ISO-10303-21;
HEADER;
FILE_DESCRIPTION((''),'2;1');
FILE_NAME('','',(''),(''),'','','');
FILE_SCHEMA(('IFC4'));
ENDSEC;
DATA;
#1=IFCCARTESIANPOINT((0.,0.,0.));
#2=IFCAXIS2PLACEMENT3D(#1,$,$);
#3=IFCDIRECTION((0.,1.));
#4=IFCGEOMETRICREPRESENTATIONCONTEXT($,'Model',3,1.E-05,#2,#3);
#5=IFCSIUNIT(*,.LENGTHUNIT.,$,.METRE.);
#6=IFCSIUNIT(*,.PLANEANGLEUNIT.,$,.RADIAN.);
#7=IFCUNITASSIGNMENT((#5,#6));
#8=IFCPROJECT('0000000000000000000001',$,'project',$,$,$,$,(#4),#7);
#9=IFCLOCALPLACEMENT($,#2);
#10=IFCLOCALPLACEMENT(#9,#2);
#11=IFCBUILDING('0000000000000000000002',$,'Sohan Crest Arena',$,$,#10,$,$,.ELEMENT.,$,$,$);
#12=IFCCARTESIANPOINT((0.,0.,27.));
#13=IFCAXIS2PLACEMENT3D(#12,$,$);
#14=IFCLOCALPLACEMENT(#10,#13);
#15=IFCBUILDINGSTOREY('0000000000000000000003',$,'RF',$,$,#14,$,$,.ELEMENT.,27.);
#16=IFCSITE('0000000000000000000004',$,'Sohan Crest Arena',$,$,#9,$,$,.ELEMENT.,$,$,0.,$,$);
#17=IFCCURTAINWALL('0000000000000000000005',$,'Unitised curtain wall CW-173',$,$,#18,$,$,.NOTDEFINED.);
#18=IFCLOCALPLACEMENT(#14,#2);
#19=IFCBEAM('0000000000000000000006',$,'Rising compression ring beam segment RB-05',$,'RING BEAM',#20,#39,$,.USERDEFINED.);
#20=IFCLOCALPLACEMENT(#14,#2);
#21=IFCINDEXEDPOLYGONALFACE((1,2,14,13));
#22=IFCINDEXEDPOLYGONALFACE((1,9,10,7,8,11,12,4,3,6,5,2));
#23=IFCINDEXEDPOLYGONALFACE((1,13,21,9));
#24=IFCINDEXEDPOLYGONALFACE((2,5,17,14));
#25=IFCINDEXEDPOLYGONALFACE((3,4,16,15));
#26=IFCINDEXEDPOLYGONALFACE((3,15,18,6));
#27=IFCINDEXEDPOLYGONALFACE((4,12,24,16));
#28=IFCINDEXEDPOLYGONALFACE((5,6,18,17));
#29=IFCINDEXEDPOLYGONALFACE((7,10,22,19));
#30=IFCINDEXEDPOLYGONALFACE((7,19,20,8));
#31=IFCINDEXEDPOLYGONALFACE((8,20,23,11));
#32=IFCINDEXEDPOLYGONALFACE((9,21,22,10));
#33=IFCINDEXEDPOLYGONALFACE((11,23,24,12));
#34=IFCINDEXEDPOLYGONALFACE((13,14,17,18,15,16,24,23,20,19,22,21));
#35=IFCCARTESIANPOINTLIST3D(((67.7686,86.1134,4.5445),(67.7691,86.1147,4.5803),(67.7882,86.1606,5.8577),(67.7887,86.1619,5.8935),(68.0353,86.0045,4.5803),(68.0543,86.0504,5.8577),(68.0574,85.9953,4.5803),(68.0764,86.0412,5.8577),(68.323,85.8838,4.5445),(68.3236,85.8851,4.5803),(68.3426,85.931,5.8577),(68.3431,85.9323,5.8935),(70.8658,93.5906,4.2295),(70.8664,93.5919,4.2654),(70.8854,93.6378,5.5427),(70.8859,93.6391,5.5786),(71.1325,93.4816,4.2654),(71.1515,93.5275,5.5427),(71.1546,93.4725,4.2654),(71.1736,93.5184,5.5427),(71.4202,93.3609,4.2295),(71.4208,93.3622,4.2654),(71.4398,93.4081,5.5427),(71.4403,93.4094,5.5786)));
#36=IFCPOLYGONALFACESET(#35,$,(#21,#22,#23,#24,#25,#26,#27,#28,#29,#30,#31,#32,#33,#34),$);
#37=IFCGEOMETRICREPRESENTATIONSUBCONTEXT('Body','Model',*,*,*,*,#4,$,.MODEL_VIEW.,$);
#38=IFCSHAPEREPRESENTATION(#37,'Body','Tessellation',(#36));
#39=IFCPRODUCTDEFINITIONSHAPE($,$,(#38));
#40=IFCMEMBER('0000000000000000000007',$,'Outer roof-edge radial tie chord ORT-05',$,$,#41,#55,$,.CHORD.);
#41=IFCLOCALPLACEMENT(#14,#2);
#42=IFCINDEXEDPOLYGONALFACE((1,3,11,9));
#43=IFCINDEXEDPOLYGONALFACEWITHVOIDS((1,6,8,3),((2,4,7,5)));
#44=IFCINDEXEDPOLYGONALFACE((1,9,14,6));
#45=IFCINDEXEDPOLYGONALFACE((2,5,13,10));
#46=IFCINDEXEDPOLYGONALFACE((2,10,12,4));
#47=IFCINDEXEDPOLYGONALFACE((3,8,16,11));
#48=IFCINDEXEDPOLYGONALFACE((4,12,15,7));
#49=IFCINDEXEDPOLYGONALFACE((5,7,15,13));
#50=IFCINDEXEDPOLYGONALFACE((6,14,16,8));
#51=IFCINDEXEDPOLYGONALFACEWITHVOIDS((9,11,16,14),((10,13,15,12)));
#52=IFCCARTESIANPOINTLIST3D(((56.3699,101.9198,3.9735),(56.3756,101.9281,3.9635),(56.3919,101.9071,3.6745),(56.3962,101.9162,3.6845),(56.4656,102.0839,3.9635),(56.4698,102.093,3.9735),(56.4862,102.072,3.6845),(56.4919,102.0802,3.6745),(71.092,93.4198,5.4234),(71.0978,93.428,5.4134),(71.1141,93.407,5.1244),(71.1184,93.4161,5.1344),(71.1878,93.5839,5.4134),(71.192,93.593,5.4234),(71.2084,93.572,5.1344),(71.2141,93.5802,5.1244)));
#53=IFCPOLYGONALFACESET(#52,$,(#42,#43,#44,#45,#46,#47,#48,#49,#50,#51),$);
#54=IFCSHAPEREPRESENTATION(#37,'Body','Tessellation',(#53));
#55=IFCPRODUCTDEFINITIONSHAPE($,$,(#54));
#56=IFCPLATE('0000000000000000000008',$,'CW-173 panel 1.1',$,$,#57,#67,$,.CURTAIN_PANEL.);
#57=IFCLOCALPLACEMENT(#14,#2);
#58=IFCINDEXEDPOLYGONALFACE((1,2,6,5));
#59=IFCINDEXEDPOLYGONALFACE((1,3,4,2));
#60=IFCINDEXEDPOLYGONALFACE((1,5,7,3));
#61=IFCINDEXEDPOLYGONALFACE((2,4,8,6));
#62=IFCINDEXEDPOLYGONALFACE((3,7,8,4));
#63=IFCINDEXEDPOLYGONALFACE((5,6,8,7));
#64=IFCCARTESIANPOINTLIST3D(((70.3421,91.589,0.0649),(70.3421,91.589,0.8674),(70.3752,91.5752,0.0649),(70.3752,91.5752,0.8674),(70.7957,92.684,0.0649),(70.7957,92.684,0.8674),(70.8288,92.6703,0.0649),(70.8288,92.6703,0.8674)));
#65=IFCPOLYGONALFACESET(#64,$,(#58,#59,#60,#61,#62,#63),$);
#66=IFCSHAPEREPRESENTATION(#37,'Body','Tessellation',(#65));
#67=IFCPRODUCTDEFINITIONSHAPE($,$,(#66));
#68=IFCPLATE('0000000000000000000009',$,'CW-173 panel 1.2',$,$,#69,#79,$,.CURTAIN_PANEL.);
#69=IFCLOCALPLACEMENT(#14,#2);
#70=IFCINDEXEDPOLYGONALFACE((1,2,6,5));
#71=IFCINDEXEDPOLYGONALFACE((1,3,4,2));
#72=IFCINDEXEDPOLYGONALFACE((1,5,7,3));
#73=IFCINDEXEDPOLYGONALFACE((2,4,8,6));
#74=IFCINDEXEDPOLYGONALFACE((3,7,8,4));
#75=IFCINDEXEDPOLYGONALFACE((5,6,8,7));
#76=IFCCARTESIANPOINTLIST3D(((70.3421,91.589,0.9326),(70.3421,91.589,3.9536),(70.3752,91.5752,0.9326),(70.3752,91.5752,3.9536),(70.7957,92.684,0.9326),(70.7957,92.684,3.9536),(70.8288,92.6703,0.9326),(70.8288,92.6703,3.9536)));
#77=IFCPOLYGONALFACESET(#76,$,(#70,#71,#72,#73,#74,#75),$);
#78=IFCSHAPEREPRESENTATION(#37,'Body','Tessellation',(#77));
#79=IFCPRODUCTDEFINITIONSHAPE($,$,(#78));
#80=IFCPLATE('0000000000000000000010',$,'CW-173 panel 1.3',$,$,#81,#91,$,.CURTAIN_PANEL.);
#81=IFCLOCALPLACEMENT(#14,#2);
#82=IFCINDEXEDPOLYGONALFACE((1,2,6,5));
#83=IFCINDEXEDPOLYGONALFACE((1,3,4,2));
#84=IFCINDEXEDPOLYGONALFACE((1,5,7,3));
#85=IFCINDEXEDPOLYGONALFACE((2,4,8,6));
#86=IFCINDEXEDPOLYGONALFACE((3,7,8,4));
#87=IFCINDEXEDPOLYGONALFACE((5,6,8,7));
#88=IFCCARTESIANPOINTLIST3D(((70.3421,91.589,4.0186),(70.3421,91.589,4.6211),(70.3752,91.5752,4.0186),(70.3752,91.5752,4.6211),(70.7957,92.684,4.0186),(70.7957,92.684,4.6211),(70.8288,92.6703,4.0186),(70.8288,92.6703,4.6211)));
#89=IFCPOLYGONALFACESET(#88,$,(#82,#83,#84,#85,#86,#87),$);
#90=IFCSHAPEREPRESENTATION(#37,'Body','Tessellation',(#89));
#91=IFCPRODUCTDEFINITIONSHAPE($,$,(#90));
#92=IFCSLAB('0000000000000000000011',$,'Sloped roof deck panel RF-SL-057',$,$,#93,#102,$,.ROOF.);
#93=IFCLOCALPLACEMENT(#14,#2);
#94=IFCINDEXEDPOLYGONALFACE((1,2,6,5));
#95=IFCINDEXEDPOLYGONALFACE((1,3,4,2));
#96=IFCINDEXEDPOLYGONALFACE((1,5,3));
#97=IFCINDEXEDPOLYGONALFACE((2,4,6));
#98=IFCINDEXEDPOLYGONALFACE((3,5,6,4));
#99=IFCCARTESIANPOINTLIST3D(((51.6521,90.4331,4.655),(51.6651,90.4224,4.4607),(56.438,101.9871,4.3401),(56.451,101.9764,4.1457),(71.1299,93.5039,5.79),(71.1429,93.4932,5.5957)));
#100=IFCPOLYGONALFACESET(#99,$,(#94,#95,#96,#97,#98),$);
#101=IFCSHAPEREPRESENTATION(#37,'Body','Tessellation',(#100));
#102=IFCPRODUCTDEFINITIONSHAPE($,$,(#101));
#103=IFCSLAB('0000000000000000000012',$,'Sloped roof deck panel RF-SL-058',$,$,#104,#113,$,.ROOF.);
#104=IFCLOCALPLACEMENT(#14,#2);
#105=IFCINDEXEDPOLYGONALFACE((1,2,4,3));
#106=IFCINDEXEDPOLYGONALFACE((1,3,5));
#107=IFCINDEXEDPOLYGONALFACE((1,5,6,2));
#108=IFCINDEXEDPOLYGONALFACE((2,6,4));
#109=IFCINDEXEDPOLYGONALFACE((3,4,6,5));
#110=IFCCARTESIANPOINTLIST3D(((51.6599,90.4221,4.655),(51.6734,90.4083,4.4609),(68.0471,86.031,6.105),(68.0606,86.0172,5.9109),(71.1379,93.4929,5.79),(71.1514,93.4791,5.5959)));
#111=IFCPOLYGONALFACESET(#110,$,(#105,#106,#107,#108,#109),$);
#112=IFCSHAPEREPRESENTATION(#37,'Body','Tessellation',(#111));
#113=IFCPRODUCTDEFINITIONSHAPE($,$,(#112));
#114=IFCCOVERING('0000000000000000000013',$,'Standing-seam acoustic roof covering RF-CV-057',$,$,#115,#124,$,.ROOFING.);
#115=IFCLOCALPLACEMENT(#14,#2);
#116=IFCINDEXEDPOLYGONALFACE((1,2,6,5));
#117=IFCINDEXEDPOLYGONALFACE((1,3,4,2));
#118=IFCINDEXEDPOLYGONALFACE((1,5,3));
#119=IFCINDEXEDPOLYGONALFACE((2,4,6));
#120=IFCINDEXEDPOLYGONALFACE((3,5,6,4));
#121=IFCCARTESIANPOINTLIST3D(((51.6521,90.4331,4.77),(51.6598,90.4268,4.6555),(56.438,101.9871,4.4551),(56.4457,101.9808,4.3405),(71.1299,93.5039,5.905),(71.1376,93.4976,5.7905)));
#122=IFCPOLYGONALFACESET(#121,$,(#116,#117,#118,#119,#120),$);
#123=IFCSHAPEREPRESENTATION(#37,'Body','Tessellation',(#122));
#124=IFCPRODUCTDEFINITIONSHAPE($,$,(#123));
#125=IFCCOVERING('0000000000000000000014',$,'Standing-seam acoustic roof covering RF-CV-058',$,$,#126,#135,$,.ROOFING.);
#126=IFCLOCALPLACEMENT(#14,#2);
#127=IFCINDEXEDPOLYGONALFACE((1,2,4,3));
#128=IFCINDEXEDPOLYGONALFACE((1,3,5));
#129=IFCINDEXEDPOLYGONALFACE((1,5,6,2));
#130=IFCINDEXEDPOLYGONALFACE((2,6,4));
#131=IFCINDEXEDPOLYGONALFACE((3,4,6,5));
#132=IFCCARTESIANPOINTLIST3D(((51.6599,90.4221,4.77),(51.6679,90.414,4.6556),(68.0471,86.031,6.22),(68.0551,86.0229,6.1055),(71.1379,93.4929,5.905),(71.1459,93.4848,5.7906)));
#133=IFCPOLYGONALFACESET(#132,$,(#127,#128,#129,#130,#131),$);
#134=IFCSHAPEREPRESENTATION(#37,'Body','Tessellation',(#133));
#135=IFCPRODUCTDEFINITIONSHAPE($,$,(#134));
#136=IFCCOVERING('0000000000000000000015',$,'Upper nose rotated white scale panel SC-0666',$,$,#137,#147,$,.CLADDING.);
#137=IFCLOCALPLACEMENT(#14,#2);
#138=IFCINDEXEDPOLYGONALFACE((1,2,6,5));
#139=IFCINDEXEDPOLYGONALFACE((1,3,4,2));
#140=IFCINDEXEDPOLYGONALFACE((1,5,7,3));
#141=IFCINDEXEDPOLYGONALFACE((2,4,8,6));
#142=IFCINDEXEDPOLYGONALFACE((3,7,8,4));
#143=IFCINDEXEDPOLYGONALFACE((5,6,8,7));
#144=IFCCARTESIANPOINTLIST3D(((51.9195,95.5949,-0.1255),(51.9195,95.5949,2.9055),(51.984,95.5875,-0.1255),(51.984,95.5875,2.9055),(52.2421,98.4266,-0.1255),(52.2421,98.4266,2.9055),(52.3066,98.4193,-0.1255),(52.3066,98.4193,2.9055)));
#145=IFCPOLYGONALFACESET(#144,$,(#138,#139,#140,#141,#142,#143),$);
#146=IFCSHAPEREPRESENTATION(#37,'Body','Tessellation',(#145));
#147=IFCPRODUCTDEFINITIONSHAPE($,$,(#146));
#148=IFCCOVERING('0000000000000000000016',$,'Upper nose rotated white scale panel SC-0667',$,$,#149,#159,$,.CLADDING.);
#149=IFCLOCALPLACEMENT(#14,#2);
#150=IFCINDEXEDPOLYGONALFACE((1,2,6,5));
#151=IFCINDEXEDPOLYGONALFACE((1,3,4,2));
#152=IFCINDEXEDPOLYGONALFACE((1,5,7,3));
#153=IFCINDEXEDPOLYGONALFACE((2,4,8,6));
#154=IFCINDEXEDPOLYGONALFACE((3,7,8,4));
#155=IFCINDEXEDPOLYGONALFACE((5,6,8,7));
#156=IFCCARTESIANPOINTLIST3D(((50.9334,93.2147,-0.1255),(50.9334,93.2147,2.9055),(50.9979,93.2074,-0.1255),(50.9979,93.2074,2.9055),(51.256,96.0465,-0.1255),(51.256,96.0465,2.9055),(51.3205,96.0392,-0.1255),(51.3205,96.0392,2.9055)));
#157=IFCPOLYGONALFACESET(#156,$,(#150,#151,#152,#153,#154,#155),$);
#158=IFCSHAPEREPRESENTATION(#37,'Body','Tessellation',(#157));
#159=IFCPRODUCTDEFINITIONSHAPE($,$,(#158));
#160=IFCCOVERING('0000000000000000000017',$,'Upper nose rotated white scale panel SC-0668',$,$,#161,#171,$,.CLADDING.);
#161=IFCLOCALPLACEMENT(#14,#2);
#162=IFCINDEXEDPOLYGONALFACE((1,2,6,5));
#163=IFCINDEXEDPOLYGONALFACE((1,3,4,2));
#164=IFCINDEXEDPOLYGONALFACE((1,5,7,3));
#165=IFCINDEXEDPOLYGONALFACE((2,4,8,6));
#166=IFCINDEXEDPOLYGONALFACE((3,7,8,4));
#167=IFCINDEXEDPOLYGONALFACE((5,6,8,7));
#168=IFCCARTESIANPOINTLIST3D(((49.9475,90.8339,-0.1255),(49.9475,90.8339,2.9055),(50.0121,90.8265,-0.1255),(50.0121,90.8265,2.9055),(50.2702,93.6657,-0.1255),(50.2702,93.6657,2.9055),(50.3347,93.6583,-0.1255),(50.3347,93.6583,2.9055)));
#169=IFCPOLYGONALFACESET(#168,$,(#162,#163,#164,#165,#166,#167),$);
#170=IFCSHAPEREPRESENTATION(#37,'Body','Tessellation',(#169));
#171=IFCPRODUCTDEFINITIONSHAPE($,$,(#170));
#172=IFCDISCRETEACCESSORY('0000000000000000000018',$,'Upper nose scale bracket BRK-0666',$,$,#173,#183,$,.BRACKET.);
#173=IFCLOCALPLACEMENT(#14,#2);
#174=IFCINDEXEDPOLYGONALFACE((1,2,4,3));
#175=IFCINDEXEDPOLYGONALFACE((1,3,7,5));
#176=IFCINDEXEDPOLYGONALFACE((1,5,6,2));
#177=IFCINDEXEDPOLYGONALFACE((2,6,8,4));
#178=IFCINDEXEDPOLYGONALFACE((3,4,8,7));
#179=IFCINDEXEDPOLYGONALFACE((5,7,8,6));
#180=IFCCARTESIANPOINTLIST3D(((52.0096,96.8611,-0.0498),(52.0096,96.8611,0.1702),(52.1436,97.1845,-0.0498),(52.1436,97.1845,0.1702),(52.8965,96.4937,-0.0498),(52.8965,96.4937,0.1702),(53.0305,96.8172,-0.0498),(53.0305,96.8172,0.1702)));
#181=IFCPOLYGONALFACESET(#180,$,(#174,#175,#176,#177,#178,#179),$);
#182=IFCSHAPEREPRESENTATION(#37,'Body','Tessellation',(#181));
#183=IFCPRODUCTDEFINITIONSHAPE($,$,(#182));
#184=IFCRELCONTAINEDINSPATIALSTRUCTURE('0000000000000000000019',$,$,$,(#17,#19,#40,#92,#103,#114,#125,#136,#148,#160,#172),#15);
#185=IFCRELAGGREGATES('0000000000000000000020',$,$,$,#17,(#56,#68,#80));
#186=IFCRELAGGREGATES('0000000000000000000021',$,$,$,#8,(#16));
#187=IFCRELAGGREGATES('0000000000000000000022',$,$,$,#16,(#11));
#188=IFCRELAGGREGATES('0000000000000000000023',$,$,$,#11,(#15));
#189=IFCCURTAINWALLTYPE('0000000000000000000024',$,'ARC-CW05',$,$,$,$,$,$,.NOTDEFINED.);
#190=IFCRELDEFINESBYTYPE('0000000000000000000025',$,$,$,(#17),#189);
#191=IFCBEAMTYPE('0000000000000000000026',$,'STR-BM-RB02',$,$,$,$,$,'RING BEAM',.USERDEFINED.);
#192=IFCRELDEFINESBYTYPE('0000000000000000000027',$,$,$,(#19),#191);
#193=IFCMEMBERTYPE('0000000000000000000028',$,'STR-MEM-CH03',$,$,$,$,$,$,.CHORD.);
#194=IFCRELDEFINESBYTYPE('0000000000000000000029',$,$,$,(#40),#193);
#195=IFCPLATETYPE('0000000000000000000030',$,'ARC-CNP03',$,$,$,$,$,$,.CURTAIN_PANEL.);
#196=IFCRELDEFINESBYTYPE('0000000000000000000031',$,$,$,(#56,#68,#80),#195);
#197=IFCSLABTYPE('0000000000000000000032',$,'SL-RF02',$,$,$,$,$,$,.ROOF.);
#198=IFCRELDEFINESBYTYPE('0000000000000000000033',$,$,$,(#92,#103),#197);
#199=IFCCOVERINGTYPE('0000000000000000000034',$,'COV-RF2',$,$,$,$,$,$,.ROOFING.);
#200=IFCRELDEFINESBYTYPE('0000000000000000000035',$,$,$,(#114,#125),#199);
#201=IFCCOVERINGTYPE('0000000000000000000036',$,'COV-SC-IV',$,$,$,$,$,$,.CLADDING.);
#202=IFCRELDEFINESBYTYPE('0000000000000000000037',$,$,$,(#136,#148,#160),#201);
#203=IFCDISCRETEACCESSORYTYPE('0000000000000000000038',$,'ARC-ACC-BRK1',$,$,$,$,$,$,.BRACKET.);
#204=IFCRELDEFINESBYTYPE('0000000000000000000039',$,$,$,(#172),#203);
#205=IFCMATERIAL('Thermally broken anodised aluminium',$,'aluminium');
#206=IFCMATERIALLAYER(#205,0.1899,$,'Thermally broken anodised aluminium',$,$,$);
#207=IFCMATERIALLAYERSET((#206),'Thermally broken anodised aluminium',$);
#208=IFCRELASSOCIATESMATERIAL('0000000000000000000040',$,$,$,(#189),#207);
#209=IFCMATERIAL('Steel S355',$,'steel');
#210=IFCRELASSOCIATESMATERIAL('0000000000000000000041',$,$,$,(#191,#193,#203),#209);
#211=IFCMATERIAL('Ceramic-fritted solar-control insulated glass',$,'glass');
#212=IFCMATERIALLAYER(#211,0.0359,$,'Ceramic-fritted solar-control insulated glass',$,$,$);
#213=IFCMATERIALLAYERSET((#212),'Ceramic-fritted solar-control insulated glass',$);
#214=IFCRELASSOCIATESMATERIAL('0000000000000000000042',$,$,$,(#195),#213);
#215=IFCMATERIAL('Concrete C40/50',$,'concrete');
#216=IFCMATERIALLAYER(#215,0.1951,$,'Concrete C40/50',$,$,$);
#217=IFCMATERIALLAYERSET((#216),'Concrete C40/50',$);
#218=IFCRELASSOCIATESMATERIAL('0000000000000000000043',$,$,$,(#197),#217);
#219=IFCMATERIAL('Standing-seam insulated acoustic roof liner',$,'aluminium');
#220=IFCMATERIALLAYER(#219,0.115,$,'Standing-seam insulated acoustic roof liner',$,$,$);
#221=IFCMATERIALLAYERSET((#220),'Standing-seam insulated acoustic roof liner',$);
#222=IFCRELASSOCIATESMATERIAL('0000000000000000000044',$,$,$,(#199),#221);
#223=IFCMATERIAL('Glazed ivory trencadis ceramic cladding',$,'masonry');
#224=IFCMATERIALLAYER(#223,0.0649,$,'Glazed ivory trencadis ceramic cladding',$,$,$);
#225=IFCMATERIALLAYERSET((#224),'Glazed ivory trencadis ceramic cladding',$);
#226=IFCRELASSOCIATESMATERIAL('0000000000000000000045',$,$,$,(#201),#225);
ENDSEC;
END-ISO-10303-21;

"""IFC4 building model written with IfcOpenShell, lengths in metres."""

from ifc_helpers import new_model, si_unit, direction, frame, origin, origin_2d, place, context, subcontext, project, spatial, polyline, rectangle, hollow_rectangle, i_section, outline, extrude, material, layer, layer_set, material_profile, profile_set, type_object, element, aggregate, save


model = new_model("IFC4")

# Units and contexts
model_context = context("Model", 3, precision=1e-05, world=origin(), true_north=direction((0.0, 1.0)))
body_context = subcontext(model_context, "Body", "Model", "MODEL_VIEW")
ifc_project = project(units=[si_unit("LENGTHUNIT", "METRE"), si_unit("PLANEANGLEUNIT", "RADIAN")], contexts=[model_context])

# Site, building, storey
site_placement = place(None, origin())
site = spatial("IfcSite", under=ifc_project, at=site_placement, Name="Sohan Crest Arena", CompositionType="ELEMENT", RefElevation=0.0)
building_placement = place(site_placement, origin())
building = spatial("IfcBuilding", under=site, at=building_placement, Name="Sohan Crest Arena", CompositionType="ELEMENT")
storey_placement = place(building_placement, frame((0.0, 0.0, 27.0)))
storey = spatial("IfcBuildingStorey", under=building, at=storey_placement, Name="RF", CompositionType="ELEMENT", Elevation=27.0)

# Shared definitions
ifc_material_1 = material(Name="Concrete C40/50", Category="concrete")

# Curtain wall
ifc_material_2 = material(Name="Thermally broken anodised aluminium", Category="aluminium")
ifc_layer_1 = layer(ifc_material_2, 0.1899, Name="Thermally broken anodised aluminium")
ifc_layer_set_1 = layer_set([ifc_layer_1], Name="Thermally broken anodised aluminium")
curtain_wall_type = type_object("IfcCurtainWallType", Name="ARC-CW05", PredefinedType="NOTDEFINED", material=ifc_layer_set_1)
curtain_wall_placement = place(storey_placement, origin())
curtain_wall = element("IfcCurtainWall", 1, at=curtain_wall_placement, inside=storey, type_object=curtain_wall_type, Name="Unitised curtain wall CW-173", PredefinedType="NOTDEFINED")

# Beam
ifc_material_3 = material(Name="Steel S355", Category="steel")
ifc_material_profile_1 = material_profile(ifc_material_3, i_section(OverallWidth=0.6001, OverallDepth=1.3501, WebThickness=0.0239, FlangeThickness=0.0359, at=origin_2d()), Name="PG 1350x600x24x36")
ifc_profile_set_1 = profile_set([ifc_material_profile_1], Name="Steel S355")
beam_type_1 = type_object("IfcBeamType", Name="STR-BM-RB02", ElementType="RING BEAM", PredefinedType="USERDEFINED", material=ifc_profile_set_1)
beam_1_placement = place(storey_placement, frame((71.1531, 93.5, 4.9041), z_axis=(-0.382402, -0.923178, 0.038885), x_axis=(0.923876, -0.382691, 0.0)))
element("IfcBeam", 2, at=beam_1_placement, inside=storey, type_object=beam_type_1, Name="Rising compression ring beam segment RB-05", ObjectType="RING BEAM", PredefinedType="USERDEFINED", context=body_context, shape_type="SweptSolid", body=[
    extrude(i_section(OverallWidth=0.6001, OverallDepth=1.3501, WebThickness=0.0239, FlangeThickness=0.0359, at=origin_2d()), origin(), (0.0, 0.0, 1.0), 8.0994),
])

# Member
ifc_material_profile_2 = material_profile(ifc_material_3, hollow_rectangle(XDim=0.2, YDim=0.3, WallThickness=0.01, at=origin_2d()), Name="RHS 300x200x10")
ifc_profile_set_2 = profile_set([ifc_material_profile_2], Name="Steel S355")
member_type_1 = type_object("IfcMemberType", Name="STR-MEM-CH03", PredefinedType="CHORD", material=ifc_profile_set_2)
member_1_placement = place(storey_placement, frame((71.1531, 93.5, 5.2739), z_axis=(-0.862889, 0.498198, -0.084984), x_axis=(-0.500007, -0.866022, 0.0)))
element("IfcMember", 3, at=member_1_placement, inside=storey, type_object=member_type_1, Name="Outer roof-edge radial tie chord ORT-05", PredefinedType="CHORD", context=body_context, shape_type="SweptSolid", body=[
    extrude(hollow_rectangle(XDim=0.2, YDim=0.3, WallThickness=0.01, at=origin_2d()), origin(), (0.0, 0.0, 1.0), 17.0615),
])

# Plates
ifc_material_4 = material(Name="Ceramic-fritted solar-control insulated glass", Category="glass")
ifc_layer_2 = layer(ifc_material_4, 0.0359, Name="Ceramic-fritted solar-control insulated glass")
ifc_layer_set_2 = layer_set([ifc_layer_2], Name="Ceramic-fritted solar-control insulated glass")
plate_type = type_object("IfcPlateType", Name="ARC-CNP03", PredefinedType="CURTAIN_PANEL", material=ifc_layer_set_2)
plate_1_placement = place(storey_placement, frame((70.5854, 92.1296, 0.0649), z_axis=(0.0, 0.0, 1.0), x_axis=(-0.382667, -0.923886, 0.0)))
plate_1 = element("IfcPlate", 4, at=plate_1_placement, type_object=plate_type, Name="CW-173 panel 1.1", PredefinedType="CURTAIN_PANEL", context=body_context, shape_type="SweptSolid", body=[
    extrude(rectangle(XDim=1.1853, YDim=0.0359, at=origin_2d()), origin(), (0.0, 0.0, 1.0), 0.8025),
])
plate_2_placement = place(storey_placement, frame((70.5854, 92.1296, 0.9326), z_axis=(0.0, 0.0, 1.0), x_axis=(-0.382667, -0.923886, 0.0)))
plate_2 = element("IfcPlate", 5, at=plate_2_placement, type_object=plate_type, Name="CW-173 panel 1.2", PredefinedType="CURTAIN_PANEL", context=body_context, shape_type="SweptSolid", body=[
    extrude(rectangle(XDim=1.1853, YDim=0.0359, at=origin_2d()), origin(), (0.0, 0.0, 1.0), 3.021),
])
plate_3_placement = place(storey_placement, frame((70.5854, 92.1296, 4.0186), z_axis=(0.0, 0.0, 1.0), x_axis=(-0.382667, -0.923886, 0.0)))
plate_3 = element("IfcPlate", 6, at=plate_3_placement, type_object=plate_type, Name="CW-173 panel 1.3", PredefinedType="CURTAIN_PANEL", context=body_context, shape_type="SweptSolid", body=[
    extrude(rectangle(XDim=1.1853, YDim=0.0359, at=origin_2d()), origin(), (0.0, 0.0, 1.0), 0.6025),
])
aggregate(curtain_wall, [plate_1, plate_2, plate_3])

# Slabs
ifc_layer_3 = layer(ifc_material_1, 0.1951, Name="Concrete C40/50")
ifc_layer_set_3 = layer_set([ifc_layer_3], Name="Concrete C40/50")
slab_type = type_object("IfcSlabType", Name="SL-RF02", PredefinedType="ROOF", material=ifc_layer_set_3)
slab_1_placement = place(storey_placement, frame((71.1299, 93.5039, 5.79), z_axis=(-0.066691, 0.054782, 0.996269), x_axis=(-0.86286, 0.498218, -0.085156)))
element("IfcSlab", 7, at=slab_1_placement, inside=storey, type_object=slab_type, Name="Sloped roof deck panel RF-SL-057", PredefinedType="ROOF", context=body_context, shape_type="SweptSolid", body=[
    extrude(outline(polyline([(0.0, 0.0), (17.027, 0.0), (15.3733, 12.4001), (0.0, 0.0)])), origin(), (0.0, 0.0, -1.0), 0.1951),
])
slab_2_placement = place(storey_placement, frame((71.1379, 93.4929, 5.79), z_axis=(-0.069121, 0.070631, 0.995105), x_axis=(-0.986167, -0.155474, -0.057465)))
element("IfcSlab", 8, at=slab_2_placement, inside=storey, type_object=slab_type, Name="Sloped roof deck panel RF-SL-058", PredefinedType="ROOF", context=body_context, shape_type="SweptSolid", body=[
    extrude(outline(polyline([(0.0, 0.0), (19.7512, 0.0), (4.1901, 6.912), (0.0, 0.0)])), origin(), (0.0, 0.0, -1.0), 0.1951),
])

# Coverings
ifc_material_5 = material(Name="Standing-seam insulated acoustic roof liner", Category="aluminium")
ifc_layer_4 = layer(ifc_material_5, 0.115, Name="Standing-seam insulated acoustic roof liner")
ifc_layer_set_4 = layer_set([ifc_layer_4], Name="Standing-seam insulated acoustic roof liner")
covering_type_1 = type_object("IfcCoveringType", Name="COV-RF2", PredefinedType="ROOFING", material=ifc_layer_set_4)
covering_1_placement = place(storey_placement, frame((71.1299, 93.5039, 5.905), z_axis=(-0.066691, 0.054782, 0.996269), x_axis=(-0.86286, 0.498218, -0.085156)))
element("IfcCovering", 9, at=covering_1_placement, inside=storey, type_object=covering_type_1, Name="Standing-seam acoustic roof covering RF-CV-057", PredefinedType="ROOFING", context=body_context, shape_type="SweptSolid", body=[
    extrude(outline(polyline([(0.0, 0.0), (17.027, 0.0), (15.3733, 12.4001), (0.0, 0.0)])), origin(), (0.0, 0.0, -1.0), 0.115),
])
covering_2_placement = place(storey_placement, frame((71.1379, 93.4929, 5.905), z_axis=(-0.069121, 0.070631, 0.995105), x_axis=(-0.986167, -0.155474, -0.057465)))
element("IfcCovering", 10, at=covering_2_placement, inside=storey, type_object=covering_type_1, Name="Standing-seam acoustic roof covering RF-CV-058", PredefinedType="ROOFING", context=body_context, shape_type="SweptSolid", body=[
    extrude(outline(polyline([(0.0, 0.0), (19.7512, 0.0), (4.1901, 6.912), (0.0, 0.0)])), origin(), (0.0, 0.0, -1.0), 0.115),
])
ifc_material_6 = material(Name="Glazed ivory trencadis ceramic cladding", Category="masonry")
ifc_layer_5 = layer(ifc_material_6, 0.0649, Name="Glazed ivory trencadis ceramic cladding")
ifc_layer_set_5 = layer_set([ifc_layer_5], Name="Glazed ivory trencadis ceramic cladding")
covering_type_2 = type_object("IfcCoveringType", Name="COV-SC-IV", PredefinedType="CLADDING", material=ifc_layer_set_5)
for number, where, z_axis, x_axis, name in (
    (11, (52.113, 97.0071, -0.1255), (0.0, 0.0, 1.0), (-0.113203, -0.993572, 0.0), "Upper nose rotated white scale panel SC-0666"),
    (12, (51.127, 94.627, -0.1255), (0.0, 0.0, 1.0), (-0.113203, -0.993572, 0.0), "Upper nose rotated white scale panel SC-0667"),
    (13, (50.1411, 92.2461, -0.1255), (0.0, 0.0, 1.0), (-0.113203, -0.993572, 0.0), "Upper nose rotated white scale panel SC-0668"),
):
    element("IfcCovering", number, at=place(storey_placement, frame(where, z_axis=z_axis, x_axis=x_axis)), inside=storey, type_object=covering_type_2, Name=name, PredefinedType="CLADDING", context=body_context, shape_type="SweptSolid", body=[
        extrude(rectangle(XDim=2.8501, YDim=0.0649, at=origin_2d()), origin(), (0.0, 0.0, 1.0), 3.031),
    ])

# Discrete accessory
discrete_accessory_type = type_object("IfcDiscreteAccessoryType", Name="ARC-ACC-BRK1", PredefinedType="BRACKET", material=ifc_material_3)
for number, where, z_axis, x_axis, name in (
    (14, (52.52, 96.8391, -0.0498), (0.0, 0.0, 1.0), (-0.382683, -0.92388, 0.0), "Upper nose scale bracket BRK-0666"),
):
    element("IfcDiscreteAccessory", number, at=place(storey_placement, frame(where, z_axis=z_axis, x_axis=x_axis)), inside=storey, type_object=discrete_accessory_type, Name=name, PredefinedType="BRACKET", context=body_context, shape_type="SweptSolid", body=[
        extrude(rectangle(XDim=0.3501, YDim=0.96, at=origin_2d()), origin(), (0.0, 0.0, 1.0), 0.22),
    ])

save(model, "model.ifc")
